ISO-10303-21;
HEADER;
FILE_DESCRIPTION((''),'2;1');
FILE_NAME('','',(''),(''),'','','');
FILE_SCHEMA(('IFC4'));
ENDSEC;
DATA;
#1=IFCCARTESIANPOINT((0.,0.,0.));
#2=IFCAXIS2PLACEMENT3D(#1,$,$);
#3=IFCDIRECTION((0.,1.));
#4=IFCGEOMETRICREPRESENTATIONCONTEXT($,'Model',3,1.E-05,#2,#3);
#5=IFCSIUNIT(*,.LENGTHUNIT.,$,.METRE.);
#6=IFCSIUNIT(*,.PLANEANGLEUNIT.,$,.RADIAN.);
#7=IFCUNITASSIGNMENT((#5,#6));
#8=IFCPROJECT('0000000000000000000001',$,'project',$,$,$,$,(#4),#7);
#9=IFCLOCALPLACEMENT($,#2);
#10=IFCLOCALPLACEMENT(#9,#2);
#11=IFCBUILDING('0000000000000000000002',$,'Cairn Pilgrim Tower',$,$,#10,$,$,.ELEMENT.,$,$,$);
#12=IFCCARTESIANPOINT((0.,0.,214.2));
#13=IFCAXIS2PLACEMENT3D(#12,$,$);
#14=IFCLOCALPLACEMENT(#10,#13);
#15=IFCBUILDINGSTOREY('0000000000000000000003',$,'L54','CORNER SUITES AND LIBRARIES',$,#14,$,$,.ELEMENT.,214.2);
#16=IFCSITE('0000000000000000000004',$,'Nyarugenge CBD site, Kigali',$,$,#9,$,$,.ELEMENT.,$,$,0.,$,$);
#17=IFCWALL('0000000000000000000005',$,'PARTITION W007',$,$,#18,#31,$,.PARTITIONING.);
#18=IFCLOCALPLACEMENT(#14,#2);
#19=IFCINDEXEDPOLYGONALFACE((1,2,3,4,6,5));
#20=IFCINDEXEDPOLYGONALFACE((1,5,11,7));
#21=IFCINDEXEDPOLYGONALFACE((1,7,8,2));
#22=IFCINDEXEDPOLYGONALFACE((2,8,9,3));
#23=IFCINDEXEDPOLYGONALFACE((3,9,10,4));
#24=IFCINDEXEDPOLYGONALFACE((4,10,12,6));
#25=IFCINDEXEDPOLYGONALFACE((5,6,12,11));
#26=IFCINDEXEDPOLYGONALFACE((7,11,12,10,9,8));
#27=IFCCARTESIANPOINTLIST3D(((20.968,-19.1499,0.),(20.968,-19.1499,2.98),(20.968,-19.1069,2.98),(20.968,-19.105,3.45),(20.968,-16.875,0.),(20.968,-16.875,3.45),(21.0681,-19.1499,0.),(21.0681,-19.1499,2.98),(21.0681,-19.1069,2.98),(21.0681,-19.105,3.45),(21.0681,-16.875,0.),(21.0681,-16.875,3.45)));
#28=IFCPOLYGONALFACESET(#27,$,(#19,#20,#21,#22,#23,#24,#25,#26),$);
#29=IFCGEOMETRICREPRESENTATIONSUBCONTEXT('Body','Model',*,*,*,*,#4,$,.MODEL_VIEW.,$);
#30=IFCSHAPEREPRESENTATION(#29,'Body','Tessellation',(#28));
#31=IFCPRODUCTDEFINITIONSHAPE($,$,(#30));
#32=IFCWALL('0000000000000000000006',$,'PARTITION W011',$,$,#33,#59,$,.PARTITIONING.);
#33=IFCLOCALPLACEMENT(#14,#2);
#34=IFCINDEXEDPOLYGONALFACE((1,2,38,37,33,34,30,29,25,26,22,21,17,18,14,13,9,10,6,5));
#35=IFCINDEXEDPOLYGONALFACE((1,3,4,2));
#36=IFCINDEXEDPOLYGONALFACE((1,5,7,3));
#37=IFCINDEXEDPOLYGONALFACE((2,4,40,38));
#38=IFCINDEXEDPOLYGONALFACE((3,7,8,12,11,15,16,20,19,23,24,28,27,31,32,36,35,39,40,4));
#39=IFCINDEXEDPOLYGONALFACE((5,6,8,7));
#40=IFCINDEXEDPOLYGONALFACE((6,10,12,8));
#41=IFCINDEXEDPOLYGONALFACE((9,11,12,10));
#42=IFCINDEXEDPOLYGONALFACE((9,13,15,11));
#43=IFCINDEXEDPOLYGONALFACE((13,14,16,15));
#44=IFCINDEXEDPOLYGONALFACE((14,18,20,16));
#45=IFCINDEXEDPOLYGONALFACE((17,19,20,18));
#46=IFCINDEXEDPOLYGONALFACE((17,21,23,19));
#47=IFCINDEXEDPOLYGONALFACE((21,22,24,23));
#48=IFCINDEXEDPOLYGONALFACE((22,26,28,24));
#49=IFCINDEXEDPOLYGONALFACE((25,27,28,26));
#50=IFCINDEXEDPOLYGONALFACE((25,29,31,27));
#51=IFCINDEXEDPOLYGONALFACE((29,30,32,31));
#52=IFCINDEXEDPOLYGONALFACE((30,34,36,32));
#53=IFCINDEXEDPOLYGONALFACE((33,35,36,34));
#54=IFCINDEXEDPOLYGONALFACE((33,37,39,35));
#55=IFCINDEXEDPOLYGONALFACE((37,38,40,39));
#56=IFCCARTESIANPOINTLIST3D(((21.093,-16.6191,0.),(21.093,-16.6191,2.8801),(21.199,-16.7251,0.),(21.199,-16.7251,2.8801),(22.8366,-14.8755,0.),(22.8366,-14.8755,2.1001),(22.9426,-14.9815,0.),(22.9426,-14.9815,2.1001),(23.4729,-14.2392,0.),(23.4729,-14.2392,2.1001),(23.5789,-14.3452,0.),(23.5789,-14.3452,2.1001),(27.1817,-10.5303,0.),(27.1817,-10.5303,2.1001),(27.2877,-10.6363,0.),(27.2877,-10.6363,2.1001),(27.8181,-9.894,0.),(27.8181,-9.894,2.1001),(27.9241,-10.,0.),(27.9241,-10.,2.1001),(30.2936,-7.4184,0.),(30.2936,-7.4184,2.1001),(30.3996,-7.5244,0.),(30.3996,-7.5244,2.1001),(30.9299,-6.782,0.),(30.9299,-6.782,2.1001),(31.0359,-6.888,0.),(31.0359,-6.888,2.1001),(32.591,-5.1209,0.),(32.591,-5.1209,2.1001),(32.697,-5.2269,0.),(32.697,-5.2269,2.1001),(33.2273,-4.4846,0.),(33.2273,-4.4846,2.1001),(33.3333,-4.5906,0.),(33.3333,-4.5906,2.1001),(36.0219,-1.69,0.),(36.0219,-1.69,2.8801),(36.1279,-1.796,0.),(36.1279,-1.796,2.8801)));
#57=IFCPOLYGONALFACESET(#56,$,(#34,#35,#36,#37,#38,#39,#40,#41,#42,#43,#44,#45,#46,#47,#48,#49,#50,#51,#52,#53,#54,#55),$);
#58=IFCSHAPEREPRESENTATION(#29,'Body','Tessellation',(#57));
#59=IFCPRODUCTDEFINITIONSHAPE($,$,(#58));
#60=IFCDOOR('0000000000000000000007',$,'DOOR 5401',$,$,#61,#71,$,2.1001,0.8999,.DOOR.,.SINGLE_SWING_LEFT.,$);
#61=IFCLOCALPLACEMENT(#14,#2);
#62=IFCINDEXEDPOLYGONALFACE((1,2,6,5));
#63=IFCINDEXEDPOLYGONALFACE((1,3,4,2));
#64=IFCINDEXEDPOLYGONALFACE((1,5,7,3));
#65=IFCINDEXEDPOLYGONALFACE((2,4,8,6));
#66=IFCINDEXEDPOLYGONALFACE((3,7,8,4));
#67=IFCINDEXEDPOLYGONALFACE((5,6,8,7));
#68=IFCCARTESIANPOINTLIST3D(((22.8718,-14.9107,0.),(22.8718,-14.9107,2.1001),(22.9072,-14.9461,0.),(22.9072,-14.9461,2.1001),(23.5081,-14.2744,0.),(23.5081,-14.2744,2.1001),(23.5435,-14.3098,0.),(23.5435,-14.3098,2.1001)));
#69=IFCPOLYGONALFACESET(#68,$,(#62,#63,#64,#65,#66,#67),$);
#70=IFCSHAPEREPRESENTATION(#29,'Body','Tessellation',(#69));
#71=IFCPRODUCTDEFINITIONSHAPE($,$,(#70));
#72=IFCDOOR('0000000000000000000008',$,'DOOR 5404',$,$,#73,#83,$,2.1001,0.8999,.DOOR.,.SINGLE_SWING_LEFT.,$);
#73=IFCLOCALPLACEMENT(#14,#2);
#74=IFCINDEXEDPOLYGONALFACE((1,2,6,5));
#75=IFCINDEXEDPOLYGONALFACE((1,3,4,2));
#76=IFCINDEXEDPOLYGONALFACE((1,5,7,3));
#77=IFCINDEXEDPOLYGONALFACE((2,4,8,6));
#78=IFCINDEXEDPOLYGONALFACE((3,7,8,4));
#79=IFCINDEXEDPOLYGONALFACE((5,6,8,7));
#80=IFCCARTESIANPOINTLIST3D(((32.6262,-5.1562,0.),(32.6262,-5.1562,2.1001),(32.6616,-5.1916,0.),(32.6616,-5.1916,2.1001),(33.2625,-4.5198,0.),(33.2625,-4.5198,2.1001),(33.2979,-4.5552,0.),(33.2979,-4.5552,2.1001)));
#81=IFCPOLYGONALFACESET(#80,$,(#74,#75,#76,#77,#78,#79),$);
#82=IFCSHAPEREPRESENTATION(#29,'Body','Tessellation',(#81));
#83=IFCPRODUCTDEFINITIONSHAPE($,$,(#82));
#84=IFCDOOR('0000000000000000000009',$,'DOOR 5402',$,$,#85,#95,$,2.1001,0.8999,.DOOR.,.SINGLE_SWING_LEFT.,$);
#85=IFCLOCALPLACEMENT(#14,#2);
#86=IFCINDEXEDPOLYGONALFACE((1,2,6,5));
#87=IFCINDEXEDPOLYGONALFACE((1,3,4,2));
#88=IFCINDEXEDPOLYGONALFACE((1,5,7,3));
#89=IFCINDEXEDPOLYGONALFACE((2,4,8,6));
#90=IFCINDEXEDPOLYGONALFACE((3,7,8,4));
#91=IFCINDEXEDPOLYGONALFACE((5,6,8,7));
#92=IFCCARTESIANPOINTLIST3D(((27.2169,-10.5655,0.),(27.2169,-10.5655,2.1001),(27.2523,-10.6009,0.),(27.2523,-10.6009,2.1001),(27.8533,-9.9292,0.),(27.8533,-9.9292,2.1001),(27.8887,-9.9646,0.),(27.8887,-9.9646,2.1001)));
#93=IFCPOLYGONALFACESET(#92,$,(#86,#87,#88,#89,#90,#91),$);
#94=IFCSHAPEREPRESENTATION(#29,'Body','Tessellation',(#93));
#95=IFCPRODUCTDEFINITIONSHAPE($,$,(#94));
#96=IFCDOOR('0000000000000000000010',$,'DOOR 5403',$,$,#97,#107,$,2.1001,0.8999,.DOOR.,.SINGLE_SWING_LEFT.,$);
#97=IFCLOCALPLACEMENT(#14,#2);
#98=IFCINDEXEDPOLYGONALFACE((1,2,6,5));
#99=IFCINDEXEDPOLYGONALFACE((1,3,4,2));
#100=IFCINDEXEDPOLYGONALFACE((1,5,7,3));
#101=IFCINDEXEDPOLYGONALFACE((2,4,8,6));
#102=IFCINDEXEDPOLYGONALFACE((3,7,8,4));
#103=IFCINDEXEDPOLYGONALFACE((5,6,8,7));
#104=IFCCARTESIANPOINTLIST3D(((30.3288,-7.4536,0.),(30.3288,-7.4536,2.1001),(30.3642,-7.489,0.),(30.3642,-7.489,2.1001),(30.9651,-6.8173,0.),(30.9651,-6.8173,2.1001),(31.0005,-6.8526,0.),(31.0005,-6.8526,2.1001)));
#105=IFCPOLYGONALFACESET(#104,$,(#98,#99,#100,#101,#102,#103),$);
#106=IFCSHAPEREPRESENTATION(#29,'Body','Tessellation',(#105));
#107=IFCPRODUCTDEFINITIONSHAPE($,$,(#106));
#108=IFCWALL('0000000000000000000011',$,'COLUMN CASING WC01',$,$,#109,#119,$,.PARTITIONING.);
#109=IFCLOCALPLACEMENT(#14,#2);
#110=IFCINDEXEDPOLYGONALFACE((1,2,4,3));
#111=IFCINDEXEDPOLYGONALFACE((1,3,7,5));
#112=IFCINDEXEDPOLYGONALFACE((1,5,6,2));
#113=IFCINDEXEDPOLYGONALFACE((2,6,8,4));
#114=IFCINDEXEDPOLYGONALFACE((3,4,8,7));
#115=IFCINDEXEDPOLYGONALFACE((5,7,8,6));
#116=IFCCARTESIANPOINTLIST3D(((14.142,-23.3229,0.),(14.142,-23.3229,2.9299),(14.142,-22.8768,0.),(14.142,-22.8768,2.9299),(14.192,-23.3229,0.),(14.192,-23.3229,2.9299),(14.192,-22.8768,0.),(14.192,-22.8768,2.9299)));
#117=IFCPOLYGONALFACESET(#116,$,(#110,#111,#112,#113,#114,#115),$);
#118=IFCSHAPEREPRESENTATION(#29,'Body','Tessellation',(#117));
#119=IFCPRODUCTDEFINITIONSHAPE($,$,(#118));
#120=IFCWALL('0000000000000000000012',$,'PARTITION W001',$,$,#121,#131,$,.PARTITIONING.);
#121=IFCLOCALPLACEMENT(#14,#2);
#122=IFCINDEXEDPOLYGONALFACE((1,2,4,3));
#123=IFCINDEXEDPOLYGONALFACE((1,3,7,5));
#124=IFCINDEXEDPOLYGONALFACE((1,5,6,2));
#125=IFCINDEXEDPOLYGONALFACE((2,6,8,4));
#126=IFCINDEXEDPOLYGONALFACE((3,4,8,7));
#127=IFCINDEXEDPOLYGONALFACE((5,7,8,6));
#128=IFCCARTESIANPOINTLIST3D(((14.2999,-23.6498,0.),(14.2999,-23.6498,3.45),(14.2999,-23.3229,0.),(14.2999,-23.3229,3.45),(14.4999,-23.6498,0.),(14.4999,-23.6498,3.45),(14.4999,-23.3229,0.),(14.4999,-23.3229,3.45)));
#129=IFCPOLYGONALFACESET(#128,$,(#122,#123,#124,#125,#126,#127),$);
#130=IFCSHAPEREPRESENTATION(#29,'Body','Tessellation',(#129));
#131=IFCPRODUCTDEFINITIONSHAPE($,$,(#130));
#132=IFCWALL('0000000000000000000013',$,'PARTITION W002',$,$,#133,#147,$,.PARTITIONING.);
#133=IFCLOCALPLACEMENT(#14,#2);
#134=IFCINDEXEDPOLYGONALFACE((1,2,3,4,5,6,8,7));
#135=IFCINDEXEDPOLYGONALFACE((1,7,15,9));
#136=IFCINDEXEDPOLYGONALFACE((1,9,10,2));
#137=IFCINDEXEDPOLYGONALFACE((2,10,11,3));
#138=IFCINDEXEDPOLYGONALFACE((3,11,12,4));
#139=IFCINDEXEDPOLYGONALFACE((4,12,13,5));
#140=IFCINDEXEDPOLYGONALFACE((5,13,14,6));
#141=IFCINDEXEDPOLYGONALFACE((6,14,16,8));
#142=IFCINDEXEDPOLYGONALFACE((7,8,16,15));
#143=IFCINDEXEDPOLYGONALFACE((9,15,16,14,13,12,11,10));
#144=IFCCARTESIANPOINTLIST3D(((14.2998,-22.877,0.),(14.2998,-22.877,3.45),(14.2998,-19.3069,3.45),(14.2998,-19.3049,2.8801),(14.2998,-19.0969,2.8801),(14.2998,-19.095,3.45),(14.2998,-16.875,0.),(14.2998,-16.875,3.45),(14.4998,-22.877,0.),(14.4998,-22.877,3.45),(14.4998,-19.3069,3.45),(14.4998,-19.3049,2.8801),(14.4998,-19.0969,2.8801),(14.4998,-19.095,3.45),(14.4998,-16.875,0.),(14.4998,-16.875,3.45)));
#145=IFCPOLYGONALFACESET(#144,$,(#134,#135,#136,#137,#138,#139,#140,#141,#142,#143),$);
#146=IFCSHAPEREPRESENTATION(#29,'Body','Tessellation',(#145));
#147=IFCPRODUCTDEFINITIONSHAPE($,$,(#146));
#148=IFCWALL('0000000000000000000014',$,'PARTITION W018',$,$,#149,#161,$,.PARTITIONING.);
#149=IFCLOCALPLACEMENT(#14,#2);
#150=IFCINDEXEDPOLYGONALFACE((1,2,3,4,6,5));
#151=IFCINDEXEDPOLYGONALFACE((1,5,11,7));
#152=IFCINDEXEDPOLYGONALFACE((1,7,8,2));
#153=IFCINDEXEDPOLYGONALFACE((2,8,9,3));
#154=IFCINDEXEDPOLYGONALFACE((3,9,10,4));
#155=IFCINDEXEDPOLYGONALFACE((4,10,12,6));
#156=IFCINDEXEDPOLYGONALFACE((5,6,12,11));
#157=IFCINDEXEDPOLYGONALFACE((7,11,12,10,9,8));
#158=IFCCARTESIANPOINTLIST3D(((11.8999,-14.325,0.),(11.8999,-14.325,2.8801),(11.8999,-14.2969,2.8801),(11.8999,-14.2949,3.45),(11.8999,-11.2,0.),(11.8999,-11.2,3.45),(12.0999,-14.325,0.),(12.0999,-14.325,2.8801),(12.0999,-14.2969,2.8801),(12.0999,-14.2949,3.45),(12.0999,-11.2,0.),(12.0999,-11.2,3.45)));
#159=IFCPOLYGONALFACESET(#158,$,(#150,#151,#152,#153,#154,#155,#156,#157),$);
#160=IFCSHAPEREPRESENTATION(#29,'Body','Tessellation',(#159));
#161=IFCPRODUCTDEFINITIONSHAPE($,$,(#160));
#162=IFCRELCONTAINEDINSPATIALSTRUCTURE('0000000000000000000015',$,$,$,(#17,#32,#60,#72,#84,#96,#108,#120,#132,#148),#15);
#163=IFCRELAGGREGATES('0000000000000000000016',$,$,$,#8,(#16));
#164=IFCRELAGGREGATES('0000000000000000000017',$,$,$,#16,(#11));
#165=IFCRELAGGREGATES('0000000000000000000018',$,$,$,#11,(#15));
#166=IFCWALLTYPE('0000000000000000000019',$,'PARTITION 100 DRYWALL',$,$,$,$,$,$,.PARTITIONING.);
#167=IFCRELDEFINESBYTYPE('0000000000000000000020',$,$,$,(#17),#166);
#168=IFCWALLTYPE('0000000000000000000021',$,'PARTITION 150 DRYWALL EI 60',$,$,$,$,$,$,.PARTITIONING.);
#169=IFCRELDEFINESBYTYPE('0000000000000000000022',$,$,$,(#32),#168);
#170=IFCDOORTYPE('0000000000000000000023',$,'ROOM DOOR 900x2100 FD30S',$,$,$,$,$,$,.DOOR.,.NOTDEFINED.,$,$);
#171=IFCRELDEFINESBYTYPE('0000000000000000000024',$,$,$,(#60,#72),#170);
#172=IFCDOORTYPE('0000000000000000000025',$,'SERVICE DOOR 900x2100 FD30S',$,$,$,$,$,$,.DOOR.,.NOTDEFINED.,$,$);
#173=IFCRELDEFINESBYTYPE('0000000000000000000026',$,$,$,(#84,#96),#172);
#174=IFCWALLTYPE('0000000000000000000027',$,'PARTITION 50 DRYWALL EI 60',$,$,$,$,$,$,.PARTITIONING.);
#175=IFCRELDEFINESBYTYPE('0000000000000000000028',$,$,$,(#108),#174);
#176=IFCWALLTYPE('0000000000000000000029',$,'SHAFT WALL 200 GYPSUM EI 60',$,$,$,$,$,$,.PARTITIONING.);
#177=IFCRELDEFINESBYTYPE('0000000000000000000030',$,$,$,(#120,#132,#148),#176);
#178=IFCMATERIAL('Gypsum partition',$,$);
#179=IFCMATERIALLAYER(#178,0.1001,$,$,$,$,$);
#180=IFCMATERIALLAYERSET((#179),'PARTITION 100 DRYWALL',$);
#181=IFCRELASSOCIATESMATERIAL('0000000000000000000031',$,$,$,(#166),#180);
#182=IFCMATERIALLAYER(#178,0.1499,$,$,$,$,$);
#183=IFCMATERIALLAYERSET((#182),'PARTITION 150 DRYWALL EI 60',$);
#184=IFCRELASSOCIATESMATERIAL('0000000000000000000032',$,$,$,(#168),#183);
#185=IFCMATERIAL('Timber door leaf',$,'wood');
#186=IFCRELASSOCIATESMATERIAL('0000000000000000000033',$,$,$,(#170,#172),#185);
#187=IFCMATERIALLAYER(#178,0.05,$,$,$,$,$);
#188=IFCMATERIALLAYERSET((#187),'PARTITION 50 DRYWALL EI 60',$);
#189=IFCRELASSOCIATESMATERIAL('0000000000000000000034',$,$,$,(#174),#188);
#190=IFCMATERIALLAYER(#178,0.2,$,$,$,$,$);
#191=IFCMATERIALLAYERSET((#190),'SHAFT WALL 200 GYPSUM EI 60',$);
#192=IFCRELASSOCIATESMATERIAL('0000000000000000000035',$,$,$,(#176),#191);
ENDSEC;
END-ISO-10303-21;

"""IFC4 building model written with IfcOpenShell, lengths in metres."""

from ifc_helpers import new_model, si_unit, direction, frame, frame_2d, origin, place, context, subcontext, project, spatial, polyline, rectangle, outline, extrude, material, layer, layer_set, type_object, element, fill, save


model = new_model("IFC4")

# Units and contexts
model_context = context("Model", 3, precision=1e-05, world=origin(), true_north=direction((0.0, 1.0)))
body_context = subcontext(model_context, "Body", "Model", "MODEL_VIEW")
ifc_project = project(units=[si_unit("LENGTHUNIT", "METRE"), si_unit("PLANEANGLEUNIT", "RADIAN")], contexts=[model_context])

# Site, building, storey
site_placement = place(None, origin())
site = spatial("IfcSite", under=ifc_project, at=site_placement, Name="Nyarugenge CBD site, Kigali", CompositionType="ELEMENT", RefElevation=0.0)
building_placement = place(site_placement, origin())
building = spatial("IfcBuilding", under=site, at=building_placement, Name="Cairn Pilgrim Tower", CompositionType="ELEMENT")
storey_placement = place(building_placement, frame((0.0, 0.0, 214.2)))
storey = spatial("IfcBuildingStorey", under=building, at=storey_placement, Name="L54", Description="CORNER SUITES AND LIBRARIES", CompositionType="ELEMENT", Elevation=214.2)

# Shared definitions
ifc_material_1 = material(Name="Gypsum partition")
ifc_layer_1 = layer(ifc_material_1, 0.1001)
ifc_layer_set_1 = layer_set([ifc_layer_1], Name="PARTITION 100 DRYWALL")
wall_type_1 = type_object("IfcWallType", Name="PARTITION 100 DRYWALL", PredefinedType="PARTITIONING", material=ifc_layer_set_1)
ifc_material_2 = material(Name="Timber door leaf", Category="wood")

# Wall
wall_1_placement = place(storey_placement, frame((21.0181, -19.1499, 0.0), z_axis=(0.0, 0.0, 1.0), x_axis=(0.0, 1.0, 0.0)))
element("IfcWall", 1, at=wall_1_placement, inside=storey, type_object=wall_type_1, Name="PARTITION W007", PredefinedType="PARTITIONING", context=body_context, shape_type="SweptSolid", body=[
    extrude(outline(polyline([(0.0, 0.0), (2.2749, 0.0), (2.2749, 3.45), (0.0449, 3.45), (0.043, 2.98), (0.0, 2.98), (0.0, 0.0)])), frame((0.0, 0.05, 0.0), z_axis=(0.0, -1.0, 0.0), x_axis=(1.0, 0.0, 0.0)), (0.0, 0.0, 1.0), 0.1001),
])

# Wall, openings, doors
ifc_layer_2 = layer(ifc_material_1, 0.1499)
ifc_layer_set_2 = layer_set([ifc_layer_2], Name="PARTITION 150 DRYWALL EI 60")
wall_type_2 = type_object("IfcWallType", Name="PARTITION 150 DRYWALL EI 60", PredefinedType="PARTITIONING", material=ifc_layer_set_2)
wall_2_placement = place(storey_placement, frame((21.146, -16.6721, 0.0), z_axis=(0.0, 0.0, 1.0), x_axis=(0.707101, 0.707113, 0.0)))
wall_2 = element("IfcWall", 2, at=wall_2_placement, inside=storey, type_object=wall_type_2, Name="PARTITION W011", PredefinedType="PARTITIONING", context=body_context, shape_type="SweptSolid", body=[
    extrude(rectangle(XDim=21.1128, YDim=0.1499, at=frame_2d((10.5564, 0.0))), origin(), (0.0, 0.0, 1.0), 2.8801),
])
opening_1_placement = place(wall_2_placement, frame((2.4658, 0.0, 0.0)))
opening_1 = element("IfcOpeningElement", 3, at=opening_1_placement, cuts=wall_2, PredefinedType="OPENING", context=body_context, shape_type="SweptSolid", body=[
    extrude(rectangle(XDim=0.8999, YDim=2.1001, at=frame_2d((0.45, 1.05))), frame((0.0, 0.085, 0.0), z_axis=(0.0, -1.0, 0.0), x_axis=(1.0, 0.0, 0.0)), (0.0, 0.0, 1.0), 0.1699),
])
opening_2_placement = place(wall_2_placement, frame((8.6108, 0.0, 0.0)))
opening_2 = element("IfcOpeningElement", 4, at=opening_2_placement, cuts=wall_2, PredefinedType="OPENING", context=body_context, shape_type="SweptSolid", body=[
    extrude(rectangle(XDim=0.8999, YDim=2.1001, at=frame_2d((0.45, 1.05))), frame((0.0, 0.085, 0.0), z_axis=(0.0, -1.0, 0.0), x_axis=(1.0, 0.0, 0.0)), (0.0, 0.0, 1.0), 0.1699),
])
opening_3_placement = place(wall_2_placement, frame((13.0117, 0.0, 0.0)))
opening_3 = element("IfcOpeningElement", 5, at=opening_3_placement, cuts=wall_2, PredefinedType="OPENING", context=body_context, shape_type="SweptSolid", body=[
    extrude(rectangle(XDim=0.8999, YDim=2.1001, at=frame_2d((0.45, 1.05))), frame((0.0, 0.085, 0.0), z_axis=(0.0, -1.0, 0.0), x_axis=(1.0, 0.0, 0.0)), (0.0, 0.0, 1.0), 0.1699),
])
opening_4_placement = place(wall_2_placement, frame((16.2607, 0.0, 0.0)))
opening_4 = element("IfcOpeningElement", 6, at=opening_4_placement, cuts=wall_2, PredefinedType="OPENING", context=body_context, shape_type="SweptSolid", body=[
    extrude(rectangle(XDim=0.8999, YDim=2.1001, at=frame_2d((0.45, 1.05))), frame((0.0, 0.085, 0.0), z_axis=(0.0, -1.0, 0.0), x_axis=(1.0, 0.0, 0.0)), (0.0, 0.0, 1.0), 0.1699),
])
door_type_1 = type_object("IfcDoorType", Name="ROOM DOOR 900x2100 FD30S", OperationType="NOTDEFINED", PredefinedType="DOOR", material=ifc_material_2)
door_1_placement = place(opening_1_placement, frame((0.8999, 0.0, 0.0), z_axis=(0.0, 0.0, 1.0), x_axis=(-1.0, 0.0, 0.0)))
door_1 = element("IfcDoor", 7, at=door_1_placement, inside=storey, type_object=door_type_1, Name="DOOR 5401", OperationType="SINGLE_SWING_LEFT", OverallHeight=2.1001, OverallWidth=0.8999, PredefinedType="DOOR", context=body_context, shape_type="SweptSolid", body=[
    extrude(rectangle(XDim=0.8999, YDim=2.1001, at=frame_2d((0.45, 1.05))), frame((0.0, 0.0249, 0.0), z_axis=(0.0, -1.0, 0.0), x_axis=(1.0, 0.0, 0.0)), (0.0, 0.0, 1.0), 0.05),
])
fill(opening_1, door_1)
door_2_placement = place(opening_4_placement, frame((0.8999, 0.0, 0.0), z_axis=(0.0, 0.0, 1.0), x_axis=(-1.0, 0.0, 0.0)))
door_2 = element("IfcDoor", 8, at=door_2_placement, inside=storey, type_object=door_type_1, Name="DOOR 5404", OperationType="SINGLE_SWING_LEFT", OverallHeight=2.1001, OverallWidth=0.8999, PredefinedType="DOOR", context=body_context, shape_type="SweptSolid", body=[
    extrude(rectangle(XDim=0.8999, YDim=2.1001, at=frame_2d((0.45, 1.05))), frame((0.0, 0.0249, 0.0), z_axis=(0.0, -1.0, 0.0), x_axis=(1.0, 0.0, 0.0)), (0.0, 0.0, 1.0), 0.05),
])
fill(opening_4, door_2)
door_type_2 = type_object("IfcDoorType", Name="SERVICE DOOR 900x2100 FD30S", OperationType="NOTDEFINED", PredefinedType="DOOR", material=ifc_material_2)
door_3_placement = place(opening_2_placement, frame((0.8999, 0.0, 0.0), z_axis=(0.0, 0.0, 1.0), x_axis=(-1.0, 0.0, 0.0)))
door_3 = element("IfcDoor", 9, at=door_3_placement, inside=storey, type_object=door_type_2, Name="DOOR 5402", OperationType="SINGLE_SWING_LEFT", OverallHeight=2.1001, OverallWidth=0.8999, PredefinedType="DOOR", context=body_context, shape_type="SweptSolid", body=[
    extrude(rectangle(XDim=0.8999, YDim=2.1001, at=frame_2d((0.45, 1.05))), frame((0.0, 0.0249, 0.0), z_axis=(0.0, -1.0, 0.0), x_axis=(1.0, 0.0, 0.0)), (0.0, 0.0, 1.0), 0.05),
])
fill(opening_2, door_3)
door_4_placement = place(opening_3_placement, frame((0.8999, 0.0, 0.0), z_axis=(0.0, 0.0, 1.0), x_axis=(-1.0, 0.0, 0.0)))
door_4 = element("IfcDoor", 10, at=door_4_placement, inside=storey, type_object=door_type_2, Name="DOOR 5403", OperationType="SINGLE_SWING_LEFT", OverallHeight=2.1001, OverallWidth=0.8999, PredefinedType="DOOR", context=body_context, shape_type="SweptSolid", body=[
    extrude(rectangle(XDim=0.8999, YDim=2.1001, at=frame_2d((0.45, 1.05))), frame((0.0, 0.0249, 0.0), z_axis=(0.0, -1.0, 0.0), x_axis=(1.0, 0.0, 0.0)), (0.0, 0.0, 1.0), 0.05),
])
fill(opening_3, door_4)

# Walls
ifc_layer_3 = layer(ifc_material_1, 0.05)
ifc_layer_set_3 = layer_set([ifc_layer_3], Name="PARTITION 50 DRYWALL EI 60")
wall_type_3 = type_object("IfcWallType", Name="PARTITION 50 DRYWALL EI 60", PredefinedType="PARTITIONING", material=ifc_layer_set_3)
wall_3_placement = place(storey_placement, frame((14.167, -23.323, 0.0), z_axis=(0.0, 0.0, 1.0), x_axis=(0.0, 1.0, 0.0)))
element("IfcWall", 11, at=wall_3_placement, inside=storey, type_object=wall_type_3, Name="COLUMN CASING WC01", PredefinedType="PARTITIONING", context=body_context, shape_type="SweptSolid", body=[
    extrude(rectangle(XDim=0.446, YDim=0.05, at=frame_2d((0.2231, 0.0))), origin(), (0.0, 0.0, 1.0), 2.9299),
])
ifc_layer_4 = layer(ifc_material_1, 0.2)
ifc_layer_set_4 = layer_set([ifc_layer_4], Name="SHAFT WALL 200 GYPSUM EI 60")
wall_type_4 = type_object("IfcWallType", Name="SHAFT WALL 200 GYPSUM EI 60", PredefinedType="PARTITIONING", material=ifc_layer_set_4)
wall_4_placement = place(storey_placement, frame((14.3999, -23.6499, 0.0), z_axis=(0.0, 0.0, 1.0), x_axis=(0.0, 1.0, 0.0)))
element("IfcWall", 12, at=wall_4_placement, inside=storey, type_object=wall_type_4, Name="PARTITION W001", PredefinedType="PARTITIONING", context=body_context, shape_type="SweptSolid", body=[
    extrude(rectangle(XDim=0.3269, YDim=0.2, at=frame_2d((0.1636, 0.0))), origin(), (0.0, 0.0, 1.0), 3.45),
])
wall_5_placement = place(storey_placement, frame((14.3999, -22.877, 0.0), z_axis=(0.0, 0.0, 1.0), x_axis=(0.0, 1.0, 0.0)))
element("IfcWall", 13, at=wall_5_placement, inside=storey, type_object=wall_type_4, Name="PARTITION W002", PredefinedType="PARTITIONING", context=body_context, shape_type="SweptSolid", body=[
    extrude(outline(polyline([(0.0, 0.0), (6.002, 0.0), (6.002, 3.45), (3.782, 3.45), (3.78, 2.8801), (3.572, 2.8801), (3.5701, 3.45), (0.0, 3.45), (0.0, 0.0)])), frame((0.0, 0.1001, 0.0), z_axis=(0.0, -1.0, 0.0), x_axis=(1.0, 0.0, 0.0)), (0.0, 0.0, 1.0), 0.2),
])
for number, where, z_axis, x_axis, name in (
    (14, (12.0, -14.325, 0.0), (0.0, 0.0, 1.0), (0.0, 1.0, 0.0), "PARTITION W018"),
):
    element("IfcWall", number, at=place(storey_placement, frame(where, z_axis=z_axis, x_axis=x_axis)), inside=storey, type_object=wall_type_4, Name=name, PredefinedType="PARTITIONING", context=body_context, shape_type="SweptSolid", body=[
        extrude(outline(polyline([(0.0, 0.0), (3.125, 0.0), (3.125, 3.45), (0.03, 3.45), (0.0281, 2.8801), (0.0, 2.8801), (0.0, 0.0)])), frame((0.0, 0.1001, 0.0), z_axis=(0.0, -1.0, 0.0), x_axis=(1.0, 0.0, 0.0)), (0.0, 0.0, 1.0), 0.2),
    ])

save(model, "model.ifc")
